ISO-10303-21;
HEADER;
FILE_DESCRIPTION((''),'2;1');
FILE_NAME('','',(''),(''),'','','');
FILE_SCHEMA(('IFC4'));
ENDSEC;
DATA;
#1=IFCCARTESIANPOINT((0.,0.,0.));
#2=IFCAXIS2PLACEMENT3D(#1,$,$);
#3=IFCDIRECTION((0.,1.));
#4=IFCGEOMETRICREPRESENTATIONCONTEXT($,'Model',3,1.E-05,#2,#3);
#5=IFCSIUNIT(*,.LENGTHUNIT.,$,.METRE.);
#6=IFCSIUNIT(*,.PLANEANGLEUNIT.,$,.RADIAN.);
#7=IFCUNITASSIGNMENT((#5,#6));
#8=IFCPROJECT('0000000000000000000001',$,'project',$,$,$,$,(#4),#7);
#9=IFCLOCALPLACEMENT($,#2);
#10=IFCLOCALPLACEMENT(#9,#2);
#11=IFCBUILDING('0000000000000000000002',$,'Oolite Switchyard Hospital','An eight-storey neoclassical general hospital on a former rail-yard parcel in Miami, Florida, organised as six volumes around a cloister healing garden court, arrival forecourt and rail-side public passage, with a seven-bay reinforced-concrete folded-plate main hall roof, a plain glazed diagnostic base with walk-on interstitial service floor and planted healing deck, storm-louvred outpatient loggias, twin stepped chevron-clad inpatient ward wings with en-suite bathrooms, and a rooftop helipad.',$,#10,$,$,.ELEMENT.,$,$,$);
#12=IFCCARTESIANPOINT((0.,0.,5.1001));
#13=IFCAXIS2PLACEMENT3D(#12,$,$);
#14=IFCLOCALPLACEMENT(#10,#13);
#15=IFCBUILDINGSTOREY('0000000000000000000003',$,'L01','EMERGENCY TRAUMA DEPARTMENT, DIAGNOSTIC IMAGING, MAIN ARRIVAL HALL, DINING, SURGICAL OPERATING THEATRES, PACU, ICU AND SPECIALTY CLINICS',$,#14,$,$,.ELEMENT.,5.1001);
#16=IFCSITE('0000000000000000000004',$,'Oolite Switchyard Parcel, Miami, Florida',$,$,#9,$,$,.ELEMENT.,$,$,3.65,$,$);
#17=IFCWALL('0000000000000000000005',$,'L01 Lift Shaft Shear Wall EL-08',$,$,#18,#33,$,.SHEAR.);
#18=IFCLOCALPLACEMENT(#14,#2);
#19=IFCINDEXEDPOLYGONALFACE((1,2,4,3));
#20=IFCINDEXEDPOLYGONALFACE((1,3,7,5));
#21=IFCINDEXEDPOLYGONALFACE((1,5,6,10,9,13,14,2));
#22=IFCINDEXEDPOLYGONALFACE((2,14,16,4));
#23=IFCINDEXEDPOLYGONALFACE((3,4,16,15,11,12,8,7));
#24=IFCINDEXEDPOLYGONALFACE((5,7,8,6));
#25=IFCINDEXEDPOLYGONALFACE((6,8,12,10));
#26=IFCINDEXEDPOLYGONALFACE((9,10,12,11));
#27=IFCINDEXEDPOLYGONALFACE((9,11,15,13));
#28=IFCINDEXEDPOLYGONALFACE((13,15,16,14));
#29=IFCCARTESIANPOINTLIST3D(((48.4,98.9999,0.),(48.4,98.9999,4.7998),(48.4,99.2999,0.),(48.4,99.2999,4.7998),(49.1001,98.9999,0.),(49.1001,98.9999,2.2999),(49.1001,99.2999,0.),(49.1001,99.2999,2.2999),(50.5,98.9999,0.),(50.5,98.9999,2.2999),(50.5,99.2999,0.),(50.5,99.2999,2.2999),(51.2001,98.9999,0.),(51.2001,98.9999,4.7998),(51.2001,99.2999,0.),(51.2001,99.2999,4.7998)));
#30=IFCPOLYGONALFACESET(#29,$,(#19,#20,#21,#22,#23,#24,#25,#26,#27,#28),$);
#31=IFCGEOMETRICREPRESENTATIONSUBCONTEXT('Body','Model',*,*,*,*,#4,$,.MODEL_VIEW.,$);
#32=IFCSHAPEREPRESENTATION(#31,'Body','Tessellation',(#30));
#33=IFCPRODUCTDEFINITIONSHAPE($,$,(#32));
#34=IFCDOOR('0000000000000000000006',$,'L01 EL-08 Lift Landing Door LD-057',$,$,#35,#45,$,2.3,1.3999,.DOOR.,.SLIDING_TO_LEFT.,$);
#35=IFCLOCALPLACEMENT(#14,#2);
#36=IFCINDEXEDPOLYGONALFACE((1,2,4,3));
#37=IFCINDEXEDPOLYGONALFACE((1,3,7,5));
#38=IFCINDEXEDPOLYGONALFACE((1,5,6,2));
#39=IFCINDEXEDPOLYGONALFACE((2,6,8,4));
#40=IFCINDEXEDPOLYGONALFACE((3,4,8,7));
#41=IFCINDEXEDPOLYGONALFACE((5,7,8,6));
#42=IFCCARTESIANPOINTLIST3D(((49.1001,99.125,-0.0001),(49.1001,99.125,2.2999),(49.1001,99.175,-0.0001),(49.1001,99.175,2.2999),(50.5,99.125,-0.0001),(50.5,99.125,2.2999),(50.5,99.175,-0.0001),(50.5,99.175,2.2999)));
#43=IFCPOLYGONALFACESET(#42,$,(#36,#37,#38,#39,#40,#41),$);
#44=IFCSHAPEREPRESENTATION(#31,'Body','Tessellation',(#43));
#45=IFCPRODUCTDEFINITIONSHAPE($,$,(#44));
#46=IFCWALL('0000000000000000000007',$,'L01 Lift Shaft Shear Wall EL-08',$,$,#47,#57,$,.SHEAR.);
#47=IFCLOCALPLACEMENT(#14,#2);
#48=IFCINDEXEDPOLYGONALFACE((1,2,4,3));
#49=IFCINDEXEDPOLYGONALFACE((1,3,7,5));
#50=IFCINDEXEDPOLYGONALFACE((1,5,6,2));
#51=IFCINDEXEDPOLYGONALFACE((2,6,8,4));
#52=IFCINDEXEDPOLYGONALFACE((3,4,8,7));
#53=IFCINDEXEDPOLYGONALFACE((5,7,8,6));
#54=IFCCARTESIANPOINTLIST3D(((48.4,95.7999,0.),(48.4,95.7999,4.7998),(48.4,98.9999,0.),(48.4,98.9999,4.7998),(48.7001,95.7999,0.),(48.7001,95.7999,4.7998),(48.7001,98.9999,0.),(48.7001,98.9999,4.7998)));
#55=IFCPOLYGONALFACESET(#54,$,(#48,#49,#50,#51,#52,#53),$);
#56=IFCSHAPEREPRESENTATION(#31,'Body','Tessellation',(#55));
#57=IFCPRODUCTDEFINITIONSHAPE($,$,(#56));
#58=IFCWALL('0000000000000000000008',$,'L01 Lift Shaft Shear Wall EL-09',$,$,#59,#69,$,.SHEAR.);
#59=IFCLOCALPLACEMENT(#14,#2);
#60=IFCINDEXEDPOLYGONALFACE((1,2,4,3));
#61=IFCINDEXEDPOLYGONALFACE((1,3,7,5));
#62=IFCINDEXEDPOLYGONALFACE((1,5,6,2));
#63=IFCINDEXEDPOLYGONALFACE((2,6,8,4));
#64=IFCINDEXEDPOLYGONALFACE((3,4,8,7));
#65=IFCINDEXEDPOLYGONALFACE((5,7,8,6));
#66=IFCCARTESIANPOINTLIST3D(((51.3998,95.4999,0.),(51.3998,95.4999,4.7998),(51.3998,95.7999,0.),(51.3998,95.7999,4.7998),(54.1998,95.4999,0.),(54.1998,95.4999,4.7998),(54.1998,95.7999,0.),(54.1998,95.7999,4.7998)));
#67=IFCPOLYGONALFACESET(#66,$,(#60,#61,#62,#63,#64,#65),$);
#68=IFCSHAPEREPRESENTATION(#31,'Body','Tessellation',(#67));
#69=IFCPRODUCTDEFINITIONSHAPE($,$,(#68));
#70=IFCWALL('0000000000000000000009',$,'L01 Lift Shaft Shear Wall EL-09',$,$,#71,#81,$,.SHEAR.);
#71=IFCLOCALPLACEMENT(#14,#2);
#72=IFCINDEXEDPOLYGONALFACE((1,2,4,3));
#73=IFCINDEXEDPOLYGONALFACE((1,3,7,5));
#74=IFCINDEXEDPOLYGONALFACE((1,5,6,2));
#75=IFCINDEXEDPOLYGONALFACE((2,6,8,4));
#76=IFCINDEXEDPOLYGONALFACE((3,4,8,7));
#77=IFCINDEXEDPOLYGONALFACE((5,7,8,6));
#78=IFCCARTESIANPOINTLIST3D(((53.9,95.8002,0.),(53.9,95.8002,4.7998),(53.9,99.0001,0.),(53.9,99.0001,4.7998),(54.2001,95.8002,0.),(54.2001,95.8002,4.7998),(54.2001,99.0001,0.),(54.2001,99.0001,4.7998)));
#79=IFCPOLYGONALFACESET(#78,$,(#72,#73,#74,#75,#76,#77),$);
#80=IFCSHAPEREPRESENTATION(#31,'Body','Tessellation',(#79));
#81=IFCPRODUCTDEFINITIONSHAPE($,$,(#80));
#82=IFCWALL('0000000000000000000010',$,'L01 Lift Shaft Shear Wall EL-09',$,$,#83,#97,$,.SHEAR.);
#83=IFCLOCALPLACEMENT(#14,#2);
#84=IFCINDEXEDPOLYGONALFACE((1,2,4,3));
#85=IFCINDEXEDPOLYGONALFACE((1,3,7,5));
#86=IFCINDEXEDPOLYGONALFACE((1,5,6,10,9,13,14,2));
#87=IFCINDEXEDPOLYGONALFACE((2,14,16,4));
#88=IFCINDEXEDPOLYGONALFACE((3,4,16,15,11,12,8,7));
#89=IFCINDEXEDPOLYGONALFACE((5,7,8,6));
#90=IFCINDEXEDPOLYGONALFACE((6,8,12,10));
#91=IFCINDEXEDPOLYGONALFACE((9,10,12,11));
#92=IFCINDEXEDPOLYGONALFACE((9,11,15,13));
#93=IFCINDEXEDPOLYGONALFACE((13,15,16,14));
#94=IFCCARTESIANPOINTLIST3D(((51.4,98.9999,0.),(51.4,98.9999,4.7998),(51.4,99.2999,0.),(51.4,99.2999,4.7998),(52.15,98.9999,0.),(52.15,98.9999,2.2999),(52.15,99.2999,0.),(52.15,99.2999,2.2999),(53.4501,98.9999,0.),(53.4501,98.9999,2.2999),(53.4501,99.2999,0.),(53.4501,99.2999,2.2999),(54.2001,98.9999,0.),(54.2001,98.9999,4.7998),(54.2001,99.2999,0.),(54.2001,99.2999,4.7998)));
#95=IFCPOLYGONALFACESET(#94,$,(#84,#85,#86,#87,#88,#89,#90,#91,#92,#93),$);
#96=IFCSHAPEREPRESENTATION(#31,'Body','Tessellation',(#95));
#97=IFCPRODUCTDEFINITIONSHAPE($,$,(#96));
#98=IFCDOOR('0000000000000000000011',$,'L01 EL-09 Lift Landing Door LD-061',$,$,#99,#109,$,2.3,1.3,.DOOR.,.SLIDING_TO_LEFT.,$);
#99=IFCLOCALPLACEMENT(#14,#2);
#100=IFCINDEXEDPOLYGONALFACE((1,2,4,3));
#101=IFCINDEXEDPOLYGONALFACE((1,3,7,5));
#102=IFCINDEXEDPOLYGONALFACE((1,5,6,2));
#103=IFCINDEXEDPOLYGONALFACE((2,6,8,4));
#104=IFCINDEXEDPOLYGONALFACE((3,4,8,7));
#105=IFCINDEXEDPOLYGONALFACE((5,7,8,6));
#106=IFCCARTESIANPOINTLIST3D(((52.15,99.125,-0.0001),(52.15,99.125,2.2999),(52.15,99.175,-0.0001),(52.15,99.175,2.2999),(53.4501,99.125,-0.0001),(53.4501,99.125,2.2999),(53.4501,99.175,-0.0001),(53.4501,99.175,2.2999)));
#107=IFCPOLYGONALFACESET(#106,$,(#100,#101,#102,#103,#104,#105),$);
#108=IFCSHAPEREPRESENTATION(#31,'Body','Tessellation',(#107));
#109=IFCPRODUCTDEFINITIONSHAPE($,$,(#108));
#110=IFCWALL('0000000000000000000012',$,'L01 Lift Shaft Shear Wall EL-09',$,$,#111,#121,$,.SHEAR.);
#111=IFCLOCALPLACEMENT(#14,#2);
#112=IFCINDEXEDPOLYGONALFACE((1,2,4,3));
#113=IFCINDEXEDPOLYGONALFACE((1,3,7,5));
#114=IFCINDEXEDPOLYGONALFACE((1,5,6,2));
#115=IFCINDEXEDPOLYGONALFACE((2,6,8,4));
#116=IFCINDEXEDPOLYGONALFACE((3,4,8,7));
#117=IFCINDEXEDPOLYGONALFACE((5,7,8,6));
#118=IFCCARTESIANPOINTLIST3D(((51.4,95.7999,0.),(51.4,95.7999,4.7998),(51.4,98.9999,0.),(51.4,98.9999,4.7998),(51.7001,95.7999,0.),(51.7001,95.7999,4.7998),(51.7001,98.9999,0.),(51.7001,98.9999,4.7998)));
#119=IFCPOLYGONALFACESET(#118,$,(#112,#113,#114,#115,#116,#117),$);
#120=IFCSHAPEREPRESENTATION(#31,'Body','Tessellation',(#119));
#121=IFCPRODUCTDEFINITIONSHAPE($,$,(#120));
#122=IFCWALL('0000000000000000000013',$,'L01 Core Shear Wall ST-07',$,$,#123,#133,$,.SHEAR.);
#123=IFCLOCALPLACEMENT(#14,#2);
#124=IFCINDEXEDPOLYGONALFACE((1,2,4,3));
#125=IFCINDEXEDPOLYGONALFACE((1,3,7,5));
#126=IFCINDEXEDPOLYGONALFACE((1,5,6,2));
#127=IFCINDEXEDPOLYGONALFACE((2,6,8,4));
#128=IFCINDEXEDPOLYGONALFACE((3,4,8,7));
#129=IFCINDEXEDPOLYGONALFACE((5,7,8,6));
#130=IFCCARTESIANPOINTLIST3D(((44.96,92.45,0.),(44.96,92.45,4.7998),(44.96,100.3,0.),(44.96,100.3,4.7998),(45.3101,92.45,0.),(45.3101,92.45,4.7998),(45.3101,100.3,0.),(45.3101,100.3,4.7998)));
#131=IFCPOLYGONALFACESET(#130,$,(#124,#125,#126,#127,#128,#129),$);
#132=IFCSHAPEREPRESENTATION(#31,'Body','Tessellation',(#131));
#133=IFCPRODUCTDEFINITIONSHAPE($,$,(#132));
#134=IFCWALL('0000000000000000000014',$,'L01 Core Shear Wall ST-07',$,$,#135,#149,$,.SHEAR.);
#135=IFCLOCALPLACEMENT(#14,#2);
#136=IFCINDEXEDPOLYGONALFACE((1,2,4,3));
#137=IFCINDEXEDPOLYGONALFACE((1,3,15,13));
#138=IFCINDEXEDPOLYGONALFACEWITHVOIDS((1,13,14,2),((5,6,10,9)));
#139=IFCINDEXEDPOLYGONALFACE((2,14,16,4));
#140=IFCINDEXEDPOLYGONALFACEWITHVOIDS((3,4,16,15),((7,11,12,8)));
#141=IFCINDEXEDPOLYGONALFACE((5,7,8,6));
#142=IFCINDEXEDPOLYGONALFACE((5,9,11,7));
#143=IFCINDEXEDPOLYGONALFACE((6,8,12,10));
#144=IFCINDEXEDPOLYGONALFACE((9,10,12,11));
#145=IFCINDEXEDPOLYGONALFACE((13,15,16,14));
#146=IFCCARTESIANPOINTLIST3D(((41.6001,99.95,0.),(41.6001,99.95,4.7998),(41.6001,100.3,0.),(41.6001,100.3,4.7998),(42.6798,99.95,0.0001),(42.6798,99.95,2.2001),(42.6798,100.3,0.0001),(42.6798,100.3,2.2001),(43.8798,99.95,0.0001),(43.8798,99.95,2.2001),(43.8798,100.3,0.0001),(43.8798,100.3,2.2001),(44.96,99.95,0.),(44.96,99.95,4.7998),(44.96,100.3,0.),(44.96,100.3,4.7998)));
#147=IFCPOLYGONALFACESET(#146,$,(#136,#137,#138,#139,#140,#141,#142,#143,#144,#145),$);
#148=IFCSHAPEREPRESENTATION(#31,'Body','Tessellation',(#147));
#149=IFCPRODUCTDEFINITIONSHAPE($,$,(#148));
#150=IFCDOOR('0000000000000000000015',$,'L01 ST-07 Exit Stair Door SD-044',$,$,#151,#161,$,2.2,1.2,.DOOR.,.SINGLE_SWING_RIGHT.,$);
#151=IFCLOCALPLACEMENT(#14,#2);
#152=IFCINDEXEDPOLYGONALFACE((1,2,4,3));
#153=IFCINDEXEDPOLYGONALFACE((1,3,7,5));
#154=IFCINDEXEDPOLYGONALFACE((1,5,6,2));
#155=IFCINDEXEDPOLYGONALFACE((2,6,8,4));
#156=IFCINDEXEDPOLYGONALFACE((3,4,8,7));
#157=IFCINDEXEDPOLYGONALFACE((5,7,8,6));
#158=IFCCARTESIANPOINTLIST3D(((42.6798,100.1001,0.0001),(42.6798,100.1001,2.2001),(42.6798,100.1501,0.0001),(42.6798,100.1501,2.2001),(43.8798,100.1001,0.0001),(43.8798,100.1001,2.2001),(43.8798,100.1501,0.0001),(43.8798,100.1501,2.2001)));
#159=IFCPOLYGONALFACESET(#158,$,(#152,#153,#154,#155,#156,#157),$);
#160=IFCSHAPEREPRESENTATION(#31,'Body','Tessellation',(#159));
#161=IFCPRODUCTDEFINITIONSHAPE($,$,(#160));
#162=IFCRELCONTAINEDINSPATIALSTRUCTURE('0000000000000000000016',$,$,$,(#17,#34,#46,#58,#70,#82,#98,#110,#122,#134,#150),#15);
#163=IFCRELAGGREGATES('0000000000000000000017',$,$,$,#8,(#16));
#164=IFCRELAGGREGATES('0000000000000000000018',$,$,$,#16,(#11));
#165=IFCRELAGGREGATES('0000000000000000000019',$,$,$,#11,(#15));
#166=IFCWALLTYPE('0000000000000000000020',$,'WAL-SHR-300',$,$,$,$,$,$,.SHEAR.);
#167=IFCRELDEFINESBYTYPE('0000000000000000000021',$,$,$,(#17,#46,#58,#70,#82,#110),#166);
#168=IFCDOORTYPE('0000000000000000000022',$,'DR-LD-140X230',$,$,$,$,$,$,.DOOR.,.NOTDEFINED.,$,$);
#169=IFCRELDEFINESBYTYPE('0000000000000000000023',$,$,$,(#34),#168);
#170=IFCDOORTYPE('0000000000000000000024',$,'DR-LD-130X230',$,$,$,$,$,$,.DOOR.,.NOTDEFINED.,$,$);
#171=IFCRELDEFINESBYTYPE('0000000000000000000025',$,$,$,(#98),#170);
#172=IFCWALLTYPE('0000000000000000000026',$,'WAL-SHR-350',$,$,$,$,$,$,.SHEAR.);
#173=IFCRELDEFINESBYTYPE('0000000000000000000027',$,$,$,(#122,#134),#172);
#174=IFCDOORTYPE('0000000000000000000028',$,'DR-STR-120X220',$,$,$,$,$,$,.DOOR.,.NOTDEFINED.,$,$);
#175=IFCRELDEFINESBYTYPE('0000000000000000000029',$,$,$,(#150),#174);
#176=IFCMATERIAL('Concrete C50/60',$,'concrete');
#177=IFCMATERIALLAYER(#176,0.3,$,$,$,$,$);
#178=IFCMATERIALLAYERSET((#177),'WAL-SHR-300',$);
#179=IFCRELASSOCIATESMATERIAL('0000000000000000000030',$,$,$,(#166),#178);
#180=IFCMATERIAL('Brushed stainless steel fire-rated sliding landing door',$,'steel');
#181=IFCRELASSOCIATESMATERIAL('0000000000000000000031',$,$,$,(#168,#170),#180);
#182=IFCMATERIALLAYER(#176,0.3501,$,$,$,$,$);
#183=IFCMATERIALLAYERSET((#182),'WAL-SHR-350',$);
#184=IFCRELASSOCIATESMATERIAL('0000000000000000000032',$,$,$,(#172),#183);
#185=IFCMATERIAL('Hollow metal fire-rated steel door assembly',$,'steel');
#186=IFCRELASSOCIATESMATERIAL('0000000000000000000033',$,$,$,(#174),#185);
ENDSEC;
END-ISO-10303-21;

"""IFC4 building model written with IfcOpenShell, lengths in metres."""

from ifc_helpers import new_model, si_unit, direction, frame, frame_2d, origin, place, context, subcontext, project, spatial, rectangle, extrude, material, layer, layer_set, type_object, element, fill, save


model = new_model("IFC4")

# Units and contexts
model_context = context("Model", 3, precision=1e-05, world=origin(), true_north=direction((0.0, 1.0)))
body_context = subcontext(model_context, "Body", "Model", "MODEL_VIEW")
ifc_project = project(units=[si_unit("LENGTHUNIT", "METRE"), si_unit("PLANEANGLEUNIT", "RADIAN")], contexts=[model_context])

# Site, building, storey
site_placement = place(None, origin())
site = spatial("IfcSite", under=ifc_project, at=site_placement, Name="Oolite Switchyard Parcel, Miami, Florida", CompositionType="ELEMENT", RefElevation=3.65)
building_placement = place(site_placement, origin())
building = spatial("IfcBuilding", under=site, at=building_placement, Name="Oolite Switchyard Hospital", Description="An eight-storey neoclassical general hospital on a former rail-yard parcel in Miami, Florida, organised as six volumes around a cloister healing garden court, arrival forecourt and rail-side public passage, with a seven-bay reinforced-concrete folded-plate main hall roof, a plain glazed diagnostic base with walk-on interstitial service floor and planted healing deck, storm-louvred outpatient loggias, twin stepped chevron-clad inpatient ward wings with en-suite bathrooms, and a rooftop helipad.", CompositionType="ELEMENT")
storey_placement = place(building_placement, frame((0.0, 0.0, 5.1001)))
storey = spatial("IfcBuildingStorey", under=building, at=storey_placement, Name="L01", Description="EMERGENCY TRAUMA DEPARTMENT, DIAGNOSTIC IMAGING, MAIN ARRIVAL HALL, DINING, SURGICAL OPERATING THEATRES, PACU, ICU AND SPECIALTY CLINICS", CompositionType="ELEMENT", Elevation=5.1001)

# Shared definitions
ifc_material_1 = material(Name="Concrete C50/60", Category="concrete")

# Shared definitions
ifc_layer_1 = layer(ifc_material_1, 0.3)
ifc_layer_set_1 = layer_set([ifc_layer_1], Name="WAL-SHR-300")
wall_type_1 = type_object("IfcWallType", Name="WAL-SHR-300", PredefinedType="SHEAR", material=ifc_layer_set_1)

# Wall, opening, door
wall_1_placement = place(storey_placement, frame((51.2, 99.1499, 0.0), z_axis=(0.0, 0.0, 1.0), x_axis=(-1.0, 0.0, 0.0)))
wall_1 = element("IfcWall", 1, at=wall_1_placement, inside=storey, type_object=wall_type_1, Name="L01 Lift Shaft Shear Wall EL-08", PredefinedType="SHEAR", context=body_context, shape_type="SweptSolid", body=[
    extrude(rectangle(XDim=2.8, YDim=0.3, at=frame_2d((1.3999, 0.0))), origin(), (0.0, 0.0, 1.0), 4.7998),
])
opening_1_placement = place(wall_1_placement, frame((0.7, 0.0, 0.0)))
opening_1 = element("IfcOpeningElement", 2, at=opening_1_placement, cuts=wall_1, PredefinedType="OPENING", context=body_context, shape_type="SweptSolid", body=[
    extrude(rectangle(XDim=1.3999, YDim=2.3, at=frame_2d((0.7, 1.1499))), frame((0.0, 0.1602, 0.0), z_axis=(0.0, -1.0, 0.0), x_axis=(1.0, 0.0, 0.0)), (0.0, 0.0, 1.0), 0.3201),
])
ifc_material_2 = material(Name="Brushed stainless steel fire-rated sliding landing door", Category="steel")
door_type_1 = type_object("IfcDoorType", Name="DR-LD-140X230", OperationType="NOTDEFINED", PredefinedType="DOOR", material=ifc_material_2)
door_1_placement = place(opening_1_placement, origin())
door_1 = element("IfcDoor", 3, at=door_1_placement, inside=storey, type_object=door_type_1, Name="L01 EL-08 Lift Landing Door LD-057", OperationType="SLIDING_TO_LEFT", OverallHeight=2.3, OverallWidth=1.3999, PredefinedType="DOOR", context=body_context, shape_type="SweptSolid", body=[
    extrude(rectangle(XDim=1.3999, YDim=2.3, at=frame_2d((0.7, 1.1499))), frame((0.0, 0.0249, 0.0), z_axis=(0.0, -1.0, 0.0), x_axis=(1.0, 0.0, 0.0)), (0.0, 0.0, 1.0), 0.05),
])
fill(opening_1, door_1)

# Walls
wall_2_placement = place(storey_placement, frame((48.55, 99.0, 0.0), z_axis=(0.0, 0.0, 1.0), x_axis=(0.0, -1.0, 0.0)))
element("IfcWall", 4, at=wall_2_placement, inside=storey, type_object=wall_type_1, Name="L01 Lift Shaft Shear Wall EL-08", PredefinedType="SHEAR", context=body_context, shape_type="SweptSolid", body=[
    extrude(rectangle(XDim=3.2, YDim=0.3, at=frame_2d((1.6001, 0.0))), origin(), (0.0, 0.0, 1.0), 4.7998),
])
wall_3_placement = place(storey_placement, frame((51.3999, 95.6499, 0.0), z_axis=(0.0, 0.0, 1.0), x_axis=(1.0, 0.0, 0.0)))
element("IfcWall", 5, at=wall_3_placement, inside=storey, type_object=wall_type_1, Name="L01 Lift Shaft Shear Wall EL-09", PredefinedType="SHEAR", context=body_context, shape_type="SweptSolid", body=[
    extrude(rectangle(XDim=2.8, YDim=0.3, at=frame_2d((1.3999, 0.0))), origin(), (0.0, 0.0, 1.0), 4.7998),
])
wall_4_placement = place(storey_placement, frame((54.05, 95.8, 0.0), z_axis=(0.0, 0.0, 1.0), x_axis=(0.0, 1.0, 0.0)))
element("IfcWall", 6, at=wall_4_placement, inside=storey, type_object=wall_type_1, Name="L01 Lift Shaft Shear Wall EL-09", PredefinedType="SHEAR", context=body_context, shape_type="SweptSolid", body=[
    extrude(rectangle(XDim=3.2, YDim=0.3, at=frame_2d((1.6001, 0.0))), origin(), (0.0, 0.0, 1.0), 4.7998),
])

# Wall, opening, door
wall_5_placement = place(storey_placement, frame((54.2, 99.1499, 0.0), z_axis=(0.0, 0.0, 1.0), x_axis=(-1.0, 0.0, 0.0)))
wall_5 = element("IfcWall", 7, at=wall_5_placement, inside=storey, type_object=wall_type_1, Name="L01 Lift Shaft Shear Wall EL-09", PredefinedType="SHEAR", context=body_context, shape_type="SweptSolid", body=[
    extrude(rectangle(XDim=2.8, YDim=0.3, at=frame_2d((1.3999, 0.0))), origin(), (0.0, 0.0, 1.0), 4.7998),
])
opening_2_placement = place(wall_5_placement, frame((0.75, 0.0, 0.0)))
opening_2 = element("IfcOpeningElement", 8, at=opening_2_placement, cuts=wall_5, PredefinedType="OPENING", context=body_context, shape_type="SweptSolid", body=[
    extrude(rectangle(XDim=1.3, YDim=2.3, at=frame_2d((0.6499, 1.1499))), frame((0.0, 0.1602, 0.0), z_axis=(0.0, -1.0, 0.0), x_axis=(1.0, 0.0, 0.0)), (0.0, 0.0, 1.0), 0.3201),
])
door_type_2 = type_object("IfcDoorType", Name="DR-LD-130X230", OperationType="NOTDEFINED", PredefinedType="DOOR", material=ifc_material_2)
door_2_placement = place(opening_2_placement, origin())
door_2 = element("IfcDoor", 9, at=door_2_placement, inside=storey, type_object=door_type_2, Name="L01 EL-09 Lift Landing Door LD-061", OperationType="SLIDING_TO_LEFT", OverallHeight=2.3, OverallWidth=1.3, PredefinedType="DOOR", context=body_context, shape_type="SweptSolid", body=[
    extrude(rectangle(XDim=1.3, YDim=2.3, at=frame_2d((0.6499, 1.1499))), frame((0.0, 0.0249, 0.0), z_axis=(0.0, -1.0, 0.0), x_axis=(1.0, 0.0, 0.0)), (0.0, 0.0, 1.0), 0.05),
])
fill(opening_2, door_2)

# Walls
wall_6_placement = place(storey_placement, frame((51.55, 99.0, 0.0), z_axis=(0.0, 0.0, 1.0), x_axis=(0.0, -1.0, 0.0)))
element("IfcWall", 10, at=wall_6_placement, inside=storey, type_object=wall_type_1, Name="L01 Lift Shaft Shear Wall EL-09", PredefinedType="SHEAR", context=body_context, shape_type="SweptSolid", body=[
    extrude(rectangle(XDim=3.2, YDim=0.3, at=frame_2d((1.6001, 0.0))), origin(), (0.0, 0.0, 1.0), 4.7998),
])
ifc_layer_2 = layer(ifc_material_1, 0.3501)
ifc_layer_set_2 = layer_set([ifc_layer_2], Name="WAL-SHR-350")
wall_type_2 = type_object("IfcWallType", Name="WAL-SHR-350", PredefinedType="SHEAR", material=ifc_layer_set_2)
wall_7_placement = place(storey_placement, frame((45.135, 92.45, 0.0), z_axis=(0.0, 0.0, 1.0), x_axis=(0.0, 1.0, 0.0)))
element("IfcWall", 11, at=wall_7_placement, inside=storey, type_object=wall_type_2, Name="L01 Core Shear Wall ST-07", PredefinedType="SHEAR", context=body_context, shape_type="SweptSolid", body=[
    extrude(rectangle(XDim=7.8501, YDim=0.3501, at=frame_2d((3.925, 0.0))), origin(), (0.0, 0.0, 1.0), 4.7998),
])

# Wall, opening, door
wall_8_placement = place(storey_placement, frame((44.96, 100.125, 0.0), z_axis=(0.0, 0.0, 1.0), x_axis=(-1.0, 0.0, 0.0)))
wall_8 = element("IfcWall", 12, at=wall_8_placement, inside=storey, type_object=wall_type_2, Name="L01 Core Shear Wall ST-07", PredefinedType="SHEAR", context=body_context, shape_type="SweptSolid", body=[
    extrude(rectangle(XDim=3.3599, YDim=0.3501, at=frame_2d((1.6799, 0.0))), origin(), (0.0, 0.0, 1.0), 4.7998),
])
opening_3_placement = place(wall_8_placement, frame((1.0801, 0.0, 0.0)))
opening_3 = element("IfcOpeningElement", 13, at=opening_3_placement, cuts=wall_8, PredefinedType="OPENING", context=body_context, shape_type="SweptSolid", body=[
    extrude(rectangle(XDim=1.2, YDim=2.2, at=frame_2d((0.6001, 1.1001))), frame((0.0, 0.1851, 0.0), z_axis=(0.0, -1.0, 0.0), x_axis=(1.0, 0.0, 0.0)), (0.0, 0.0, 1.0), 0.3701),
])
ifc_material_3 = material(Name="Hollow metal fire-rated steel door assembly", Category="steel")
door_type_3 = type_object("IfcDoorType", Name="DR-STR-120X220", OperationType="NOTDEFINED", PredefinedType="DOOR", material=ifc_material_3)
door_3_placement = place(opening_3_placement, origin())
door_3 = element("IfcDoor", 14, at=door_3_placement, inside=storey, type_object=door_type_3, Name="L01 ST-07 Exit Stair Door SD-044", OperationType="SINGLE_SWING_RIGHT", OverallHeight=2.2, OverallWidth=1.2, PredefinedType="DOOR", context=body_context, shape_type="SweptSolid", body=[
    extrude(rectangle(XDim=1.2, YDim=2.2, at=frame_2d((0.6001, 1.1001))), frame((0.0, 0.0249, 0.0), z_axis=(0.0, -1.0, 0.0), x_axis=(1.0, 0.0, 0.0)), (0.0, 0.0, 1.0), 0.05),
])
fill(opening_3, door_3)

save(model, "model.ifc")
